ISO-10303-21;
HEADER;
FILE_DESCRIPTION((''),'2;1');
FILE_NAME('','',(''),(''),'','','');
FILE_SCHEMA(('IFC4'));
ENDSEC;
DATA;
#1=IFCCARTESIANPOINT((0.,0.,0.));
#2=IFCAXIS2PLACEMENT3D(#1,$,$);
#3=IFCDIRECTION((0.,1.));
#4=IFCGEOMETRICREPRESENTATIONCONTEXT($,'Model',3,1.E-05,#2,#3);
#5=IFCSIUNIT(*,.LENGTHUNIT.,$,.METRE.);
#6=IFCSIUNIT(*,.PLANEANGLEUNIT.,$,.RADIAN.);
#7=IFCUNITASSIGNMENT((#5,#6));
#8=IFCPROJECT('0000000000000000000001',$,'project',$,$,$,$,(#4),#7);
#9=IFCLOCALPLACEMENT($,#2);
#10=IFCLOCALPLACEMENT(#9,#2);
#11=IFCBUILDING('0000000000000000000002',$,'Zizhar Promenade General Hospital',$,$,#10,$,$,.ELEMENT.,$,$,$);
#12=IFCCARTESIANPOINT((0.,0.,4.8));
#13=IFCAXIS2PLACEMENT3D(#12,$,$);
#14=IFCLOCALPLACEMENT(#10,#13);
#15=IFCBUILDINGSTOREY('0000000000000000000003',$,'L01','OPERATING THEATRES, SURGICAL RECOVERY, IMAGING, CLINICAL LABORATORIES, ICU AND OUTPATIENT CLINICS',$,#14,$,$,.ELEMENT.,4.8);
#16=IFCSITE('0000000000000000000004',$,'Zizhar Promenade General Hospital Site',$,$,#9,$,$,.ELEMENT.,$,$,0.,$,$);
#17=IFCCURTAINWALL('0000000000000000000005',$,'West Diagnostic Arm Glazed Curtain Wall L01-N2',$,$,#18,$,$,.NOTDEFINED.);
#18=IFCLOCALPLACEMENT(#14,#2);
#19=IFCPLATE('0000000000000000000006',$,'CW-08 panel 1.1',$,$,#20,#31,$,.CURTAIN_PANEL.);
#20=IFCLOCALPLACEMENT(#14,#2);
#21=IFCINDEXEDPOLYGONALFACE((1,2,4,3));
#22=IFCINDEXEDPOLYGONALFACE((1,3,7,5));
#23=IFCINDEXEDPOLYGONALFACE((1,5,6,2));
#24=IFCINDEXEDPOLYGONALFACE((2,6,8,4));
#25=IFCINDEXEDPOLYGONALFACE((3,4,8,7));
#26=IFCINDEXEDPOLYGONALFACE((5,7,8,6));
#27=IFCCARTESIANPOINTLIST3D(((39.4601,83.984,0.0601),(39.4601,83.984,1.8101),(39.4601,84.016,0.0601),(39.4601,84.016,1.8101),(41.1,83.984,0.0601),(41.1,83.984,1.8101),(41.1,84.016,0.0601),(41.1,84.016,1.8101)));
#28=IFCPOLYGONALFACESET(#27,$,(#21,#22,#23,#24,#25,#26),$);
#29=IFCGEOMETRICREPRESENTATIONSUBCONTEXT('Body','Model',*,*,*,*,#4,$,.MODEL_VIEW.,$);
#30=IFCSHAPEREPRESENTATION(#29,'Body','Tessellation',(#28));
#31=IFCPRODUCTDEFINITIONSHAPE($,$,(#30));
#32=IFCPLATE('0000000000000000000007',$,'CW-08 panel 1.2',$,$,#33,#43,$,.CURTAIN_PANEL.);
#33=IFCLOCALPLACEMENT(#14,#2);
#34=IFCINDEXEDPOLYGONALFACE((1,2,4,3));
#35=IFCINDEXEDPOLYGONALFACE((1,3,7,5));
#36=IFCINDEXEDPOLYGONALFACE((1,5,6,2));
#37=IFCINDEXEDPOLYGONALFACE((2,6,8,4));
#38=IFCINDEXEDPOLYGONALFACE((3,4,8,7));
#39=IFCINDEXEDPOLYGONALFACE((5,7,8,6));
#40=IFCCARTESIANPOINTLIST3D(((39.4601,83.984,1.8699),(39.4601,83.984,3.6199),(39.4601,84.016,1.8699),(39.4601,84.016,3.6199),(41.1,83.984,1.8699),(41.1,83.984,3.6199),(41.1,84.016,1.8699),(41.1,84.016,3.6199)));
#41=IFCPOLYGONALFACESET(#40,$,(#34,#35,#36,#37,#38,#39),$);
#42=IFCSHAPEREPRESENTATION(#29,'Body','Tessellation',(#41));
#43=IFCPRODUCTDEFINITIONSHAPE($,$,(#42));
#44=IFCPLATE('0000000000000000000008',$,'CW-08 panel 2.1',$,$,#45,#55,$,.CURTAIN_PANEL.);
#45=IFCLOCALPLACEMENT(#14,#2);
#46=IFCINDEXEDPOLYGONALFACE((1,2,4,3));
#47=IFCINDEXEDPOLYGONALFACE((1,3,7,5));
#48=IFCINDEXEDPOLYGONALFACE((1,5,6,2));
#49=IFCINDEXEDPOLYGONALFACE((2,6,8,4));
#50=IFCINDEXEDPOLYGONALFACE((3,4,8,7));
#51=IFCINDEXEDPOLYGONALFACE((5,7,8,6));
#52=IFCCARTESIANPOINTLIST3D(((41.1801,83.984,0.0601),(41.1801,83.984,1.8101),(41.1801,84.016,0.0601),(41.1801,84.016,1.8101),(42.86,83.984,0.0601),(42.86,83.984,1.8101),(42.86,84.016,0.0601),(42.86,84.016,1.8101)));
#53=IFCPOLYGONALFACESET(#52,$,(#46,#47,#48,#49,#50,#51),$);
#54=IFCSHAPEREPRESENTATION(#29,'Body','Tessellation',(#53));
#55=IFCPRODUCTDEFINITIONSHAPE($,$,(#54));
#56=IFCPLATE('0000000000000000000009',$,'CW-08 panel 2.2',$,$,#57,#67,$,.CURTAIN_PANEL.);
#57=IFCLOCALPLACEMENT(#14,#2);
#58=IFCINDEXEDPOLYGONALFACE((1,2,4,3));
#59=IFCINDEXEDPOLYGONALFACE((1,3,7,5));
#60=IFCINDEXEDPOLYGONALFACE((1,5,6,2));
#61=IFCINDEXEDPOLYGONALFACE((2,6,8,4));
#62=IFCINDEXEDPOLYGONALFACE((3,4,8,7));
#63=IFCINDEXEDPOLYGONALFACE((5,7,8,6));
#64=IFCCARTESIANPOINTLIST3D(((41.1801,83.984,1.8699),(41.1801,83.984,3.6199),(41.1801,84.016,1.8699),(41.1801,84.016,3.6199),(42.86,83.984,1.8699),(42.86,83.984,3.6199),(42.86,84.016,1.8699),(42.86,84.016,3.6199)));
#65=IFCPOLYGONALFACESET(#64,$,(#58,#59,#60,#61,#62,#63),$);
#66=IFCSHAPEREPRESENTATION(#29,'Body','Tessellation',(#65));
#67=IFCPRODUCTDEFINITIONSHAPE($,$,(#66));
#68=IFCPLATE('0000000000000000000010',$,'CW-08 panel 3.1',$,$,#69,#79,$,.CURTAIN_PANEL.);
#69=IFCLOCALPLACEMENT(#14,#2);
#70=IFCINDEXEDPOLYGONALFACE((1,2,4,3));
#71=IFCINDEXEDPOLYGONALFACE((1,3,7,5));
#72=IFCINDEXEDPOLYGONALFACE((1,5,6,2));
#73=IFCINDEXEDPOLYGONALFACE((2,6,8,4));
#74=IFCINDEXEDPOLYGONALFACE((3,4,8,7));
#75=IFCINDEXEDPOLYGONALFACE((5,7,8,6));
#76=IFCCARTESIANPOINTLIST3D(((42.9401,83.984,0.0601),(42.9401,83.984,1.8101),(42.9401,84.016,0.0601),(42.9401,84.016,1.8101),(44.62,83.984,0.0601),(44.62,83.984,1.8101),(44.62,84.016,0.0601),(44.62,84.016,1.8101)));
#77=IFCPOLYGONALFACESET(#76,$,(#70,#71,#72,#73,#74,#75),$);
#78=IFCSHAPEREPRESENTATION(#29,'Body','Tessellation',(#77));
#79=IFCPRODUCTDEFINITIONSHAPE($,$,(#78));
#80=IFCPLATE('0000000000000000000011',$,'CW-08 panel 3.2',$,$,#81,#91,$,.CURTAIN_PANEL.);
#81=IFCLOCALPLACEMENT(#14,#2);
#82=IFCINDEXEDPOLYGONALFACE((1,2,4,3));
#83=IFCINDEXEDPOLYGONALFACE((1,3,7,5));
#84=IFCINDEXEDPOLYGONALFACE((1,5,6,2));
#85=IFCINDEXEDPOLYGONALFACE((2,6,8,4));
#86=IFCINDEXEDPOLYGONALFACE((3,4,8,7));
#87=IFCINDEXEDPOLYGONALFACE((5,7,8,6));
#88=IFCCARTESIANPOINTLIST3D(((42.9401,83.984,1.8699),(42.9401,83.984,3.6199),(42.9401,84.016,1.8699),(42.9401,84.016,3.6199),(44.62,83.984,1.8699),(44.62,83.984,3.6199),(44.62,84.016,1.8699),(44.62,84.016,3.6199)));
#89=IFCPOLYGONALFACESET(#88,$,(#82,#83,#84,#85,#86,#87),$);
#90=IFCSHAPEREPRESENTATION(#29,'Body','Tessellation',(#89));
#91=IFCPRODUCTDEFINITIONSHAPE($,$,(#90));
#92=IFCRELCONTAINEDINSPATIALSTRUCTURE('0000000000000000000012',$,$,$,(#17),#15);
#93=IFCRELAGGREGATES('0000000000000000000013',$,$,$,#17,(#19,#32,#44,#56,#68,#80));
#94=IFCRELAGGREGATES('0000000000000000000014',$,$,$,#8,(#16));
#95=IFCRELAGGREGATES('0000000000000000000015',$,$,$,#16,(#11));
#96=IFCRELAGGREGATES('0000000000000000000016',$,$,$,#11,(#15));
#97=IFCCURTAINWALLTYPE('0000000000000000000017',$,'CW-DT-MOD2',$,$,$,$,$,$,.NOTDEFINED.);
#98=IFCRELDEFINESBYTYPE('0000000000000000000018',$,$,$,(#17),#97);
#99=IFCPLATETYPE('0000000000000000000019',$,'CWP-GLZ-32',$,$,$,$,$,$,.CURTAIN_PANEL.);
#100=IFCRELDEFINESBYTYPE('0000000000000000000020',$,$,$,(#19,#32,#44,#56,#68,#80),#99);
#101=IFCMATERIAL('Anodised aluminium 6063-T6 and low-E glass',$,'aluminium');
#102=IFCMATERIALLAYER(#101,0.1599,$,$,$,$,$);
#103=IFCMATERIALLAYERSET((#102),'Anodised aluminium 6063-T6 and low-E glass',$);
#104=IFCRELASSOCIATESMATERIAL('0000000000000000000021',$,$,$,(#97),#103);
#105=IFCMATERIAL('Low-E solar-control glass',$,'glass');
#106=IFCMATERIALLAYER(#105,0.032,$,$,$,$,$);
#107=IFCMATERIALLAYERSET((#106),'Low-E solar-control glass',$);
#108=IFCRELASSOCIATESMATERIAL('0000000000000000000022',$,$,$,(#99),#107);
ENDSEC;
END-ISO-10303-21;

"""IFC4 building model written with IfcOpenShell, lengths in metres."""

from ifc_helpers import new_model, si_unit, direction, frame, origin, origin_2d, place, context, subcontext, project, spatial, rectangle, extrude, material, layer, layer_set, type_object, element, aggregate, save


model = new_model("IFC4")

# Units and contexts
model_context = context("Model", 3, precision=1e-05, world=origin(), true_north=direction((0.0, 1.0)))
body_context = subcontext(model_context, "Body", "Model", "MODEL_VIEW")
ifc_project = project(units=[si_unit("LENGTHUNIT", "METRE"), si_unit("PLANEANGLEUNIT", "RADIAN")], contexts=[model_context])

# Site, building, storey
site_placement = place(None, origin())
site = spatial("IfcSite", under=ifc_project, at=site_placement, Name="Zizhar Promenade General Hospital Site", CompositionType="ELEMENT", RefElevation=0.0)
building_placement = place(site_placement, origin())
building = spatial("IfcBuilding", under=site, at=building_placement, Name="Zizhar Promenade General Hospital", CompositionType="ELEMENT")
storey_placement = place(building_placement, frame((0.0, 0.0, 4.8)))
storey = spatial("IfcBuildingStorey", under=building, at=storey_placement, Name="L01", Description="OPERATING THEATRES, SURGICAL RECOVERY, IMAGING, CLINICAL LABORATORIES, ICU AND OUTPATIENT CLINICS", CompositionType="ELEMENT", Elevation=4.8)

# Shared definitions
ifc_material_1 = material(Name="Anodised aluminium 6063-T6 and low-E glass", Category="aluminium")
ifc_layer_1 = layer(ifc_material_1, 0.1599)
ifc_layer_set_1 = layer_set([ifc_layer_1], Name="Anodised aluminium 6063-T6 and low-E glass")
curtain_wall_type = type_object("IfcCurtainWallType", Name="CW-DT-MOD2", PredefinedType="NOTDEFINED", material=ifc_layer_set_1)

# Curtain wall, plates
curtain_wall_1_placement = place(storey_placement, origin())
curtain_wall_1 = element("IfcCurtainWall", 1, at=curtain_wall_1_placement, inside=storey, type_object=curtain_wall_type, Name="West Diagnostic Arm Glazed Curtain Wall L01-N2", PredefinedType="NOTDEFINED")
ifc_material_2 = material(Name="Low-E solar-control glass", Category="glass")
ifc_layer_2 = layer(ifc_material_2, 0.032)
ifc_layer_set_2 = layer_set([ifc_layer_2], Name="Low-E solar-control glass")
plate_type = type_object("IfcPlateType", Name="CWP-GLZ-32", PredefinedType="CURTAIN_PANEL", material=ifc_layer_set_2)
plate_1_placement = place(storey_placement, frame((40.28, 84.0, 0.0601), z_axis=(0.0, 0.0, 1.0), x_axis=(1.0, 0.0, 0.0)))
plate_1 = element("IfcPlate", 2, at=plate_1_placement, type_object=plate_type, Name="CW-08 panel 1.1", PredefinedType="CURTAIN_PANEL", context=body_context, shape_type="SweptSolid", body=[
    extrude(rectangle(XDim=1.6399, YDim=0.032, at=origin_2d()), origin(), (0.0, 0.0, 1.0), 1.75),
])
plate_2_placement = place(storey_placement, frame((40.28, 84.0, 1.8699), z_axis=(0.0, 0.0, 1.0), x_axis=(1.0, 0.0, 0.0)))
plate_2 = element("IfcPlate", 3, at=plate_2_placement, type_object=plate_type, Name="CW-08 panel 1.2", PredefinedType="CURTAIN_PANEL", context=body_context, shape_type="SweptSolid", body=[
    extrude(rectangle(XDim=1.6399, YDim=0.032, at=origin_2d()), origin(), (0.0, 0.0, 1.0), 1.75),
])
plate_3_placement = place(storey_placement, frame((42.02, 84.0, 0.0601), z_axis=(0.0, 0.0, 1.0), x_axis=(1.0, 0.0, 0.0)))
plate_3 = element("IfcPlate", 4, at=plate_3_placement, type_object=plate_type, Name="CW-08 panel 2.1", PredefinedType="CURTAIN_PANEL", context=body_context, shape_type="SweptSolid", body=[
    extrude(rectangle(XDim=1.6799, YDim=0.032, at=origin_2d()), origin(), (0.0, 0.0, 1.0), 1.75),
])
plate_4_placement = place(storey_placement, frame((42.02, 84.0, 1.8699), z_axis=(0.0, 0.0, 1.0), x_axis=(1.0, 0.0, 0.0)))
plate_4 = element("IfcPlate", 5, at=plate_4_placement, type_object=plate_type, Name="CW-08 panel 2.2", PredefinedType="CURTAIN_PANEL", context=body_context, shape_type="SweptSolid", body=[
    extrude(rectangle(XDim=1.6799, YDim=0.032, at=origin_2d()), origin(), (0.0, 0.0, 1.0), 1.75),
])
plate_5_placement = place(storey_placement, frame((43.78, 84.0, 0.0601), z_axis=(0.0, 0.0, 1.0), x_axis=(1.0, 0.0, 0.0)))
plate_5 = element("IfcPlate", 6, at=plate_5_placement, type_object=plate_type, Name="CW-08 panel 3.1", PredefinedType="CURTAIN_PANEL", context=body_context, shape_type="SweptSolid", body=[
    extrude(rectangle(XDim=1.6799, YDim=0.032, at=origin_2d()), origin(), (0.0, 0.0, 1.0), 1.75),
])
plate_6_placement = place(storey_placement, frame((43.78, 84.0, 1.8699), z_axis=(0.0, 0.0, 1.0), x_axis=(1.0, 0.0, 0.0)))
plate_6 = element("IfcPlate", 7, at=plate_6_placement, type_object=plate_type, Name="CW-08 panel 3.2", PredefinedType="CURTAIN_PANEL", context=body_context, shape_type="SweptSolid", body=[
    extrude(rectangle(XDim=1.6799, YDim=0.032, at=origin_2d()), origin(), (0.0, 0.0, 1.0), 1.75),
])
aggregate(curtain_wall_1, [plate_1, plate_2, plate_3, plate_4, plate_5, plate_6])

save(model, "model.ifc")
